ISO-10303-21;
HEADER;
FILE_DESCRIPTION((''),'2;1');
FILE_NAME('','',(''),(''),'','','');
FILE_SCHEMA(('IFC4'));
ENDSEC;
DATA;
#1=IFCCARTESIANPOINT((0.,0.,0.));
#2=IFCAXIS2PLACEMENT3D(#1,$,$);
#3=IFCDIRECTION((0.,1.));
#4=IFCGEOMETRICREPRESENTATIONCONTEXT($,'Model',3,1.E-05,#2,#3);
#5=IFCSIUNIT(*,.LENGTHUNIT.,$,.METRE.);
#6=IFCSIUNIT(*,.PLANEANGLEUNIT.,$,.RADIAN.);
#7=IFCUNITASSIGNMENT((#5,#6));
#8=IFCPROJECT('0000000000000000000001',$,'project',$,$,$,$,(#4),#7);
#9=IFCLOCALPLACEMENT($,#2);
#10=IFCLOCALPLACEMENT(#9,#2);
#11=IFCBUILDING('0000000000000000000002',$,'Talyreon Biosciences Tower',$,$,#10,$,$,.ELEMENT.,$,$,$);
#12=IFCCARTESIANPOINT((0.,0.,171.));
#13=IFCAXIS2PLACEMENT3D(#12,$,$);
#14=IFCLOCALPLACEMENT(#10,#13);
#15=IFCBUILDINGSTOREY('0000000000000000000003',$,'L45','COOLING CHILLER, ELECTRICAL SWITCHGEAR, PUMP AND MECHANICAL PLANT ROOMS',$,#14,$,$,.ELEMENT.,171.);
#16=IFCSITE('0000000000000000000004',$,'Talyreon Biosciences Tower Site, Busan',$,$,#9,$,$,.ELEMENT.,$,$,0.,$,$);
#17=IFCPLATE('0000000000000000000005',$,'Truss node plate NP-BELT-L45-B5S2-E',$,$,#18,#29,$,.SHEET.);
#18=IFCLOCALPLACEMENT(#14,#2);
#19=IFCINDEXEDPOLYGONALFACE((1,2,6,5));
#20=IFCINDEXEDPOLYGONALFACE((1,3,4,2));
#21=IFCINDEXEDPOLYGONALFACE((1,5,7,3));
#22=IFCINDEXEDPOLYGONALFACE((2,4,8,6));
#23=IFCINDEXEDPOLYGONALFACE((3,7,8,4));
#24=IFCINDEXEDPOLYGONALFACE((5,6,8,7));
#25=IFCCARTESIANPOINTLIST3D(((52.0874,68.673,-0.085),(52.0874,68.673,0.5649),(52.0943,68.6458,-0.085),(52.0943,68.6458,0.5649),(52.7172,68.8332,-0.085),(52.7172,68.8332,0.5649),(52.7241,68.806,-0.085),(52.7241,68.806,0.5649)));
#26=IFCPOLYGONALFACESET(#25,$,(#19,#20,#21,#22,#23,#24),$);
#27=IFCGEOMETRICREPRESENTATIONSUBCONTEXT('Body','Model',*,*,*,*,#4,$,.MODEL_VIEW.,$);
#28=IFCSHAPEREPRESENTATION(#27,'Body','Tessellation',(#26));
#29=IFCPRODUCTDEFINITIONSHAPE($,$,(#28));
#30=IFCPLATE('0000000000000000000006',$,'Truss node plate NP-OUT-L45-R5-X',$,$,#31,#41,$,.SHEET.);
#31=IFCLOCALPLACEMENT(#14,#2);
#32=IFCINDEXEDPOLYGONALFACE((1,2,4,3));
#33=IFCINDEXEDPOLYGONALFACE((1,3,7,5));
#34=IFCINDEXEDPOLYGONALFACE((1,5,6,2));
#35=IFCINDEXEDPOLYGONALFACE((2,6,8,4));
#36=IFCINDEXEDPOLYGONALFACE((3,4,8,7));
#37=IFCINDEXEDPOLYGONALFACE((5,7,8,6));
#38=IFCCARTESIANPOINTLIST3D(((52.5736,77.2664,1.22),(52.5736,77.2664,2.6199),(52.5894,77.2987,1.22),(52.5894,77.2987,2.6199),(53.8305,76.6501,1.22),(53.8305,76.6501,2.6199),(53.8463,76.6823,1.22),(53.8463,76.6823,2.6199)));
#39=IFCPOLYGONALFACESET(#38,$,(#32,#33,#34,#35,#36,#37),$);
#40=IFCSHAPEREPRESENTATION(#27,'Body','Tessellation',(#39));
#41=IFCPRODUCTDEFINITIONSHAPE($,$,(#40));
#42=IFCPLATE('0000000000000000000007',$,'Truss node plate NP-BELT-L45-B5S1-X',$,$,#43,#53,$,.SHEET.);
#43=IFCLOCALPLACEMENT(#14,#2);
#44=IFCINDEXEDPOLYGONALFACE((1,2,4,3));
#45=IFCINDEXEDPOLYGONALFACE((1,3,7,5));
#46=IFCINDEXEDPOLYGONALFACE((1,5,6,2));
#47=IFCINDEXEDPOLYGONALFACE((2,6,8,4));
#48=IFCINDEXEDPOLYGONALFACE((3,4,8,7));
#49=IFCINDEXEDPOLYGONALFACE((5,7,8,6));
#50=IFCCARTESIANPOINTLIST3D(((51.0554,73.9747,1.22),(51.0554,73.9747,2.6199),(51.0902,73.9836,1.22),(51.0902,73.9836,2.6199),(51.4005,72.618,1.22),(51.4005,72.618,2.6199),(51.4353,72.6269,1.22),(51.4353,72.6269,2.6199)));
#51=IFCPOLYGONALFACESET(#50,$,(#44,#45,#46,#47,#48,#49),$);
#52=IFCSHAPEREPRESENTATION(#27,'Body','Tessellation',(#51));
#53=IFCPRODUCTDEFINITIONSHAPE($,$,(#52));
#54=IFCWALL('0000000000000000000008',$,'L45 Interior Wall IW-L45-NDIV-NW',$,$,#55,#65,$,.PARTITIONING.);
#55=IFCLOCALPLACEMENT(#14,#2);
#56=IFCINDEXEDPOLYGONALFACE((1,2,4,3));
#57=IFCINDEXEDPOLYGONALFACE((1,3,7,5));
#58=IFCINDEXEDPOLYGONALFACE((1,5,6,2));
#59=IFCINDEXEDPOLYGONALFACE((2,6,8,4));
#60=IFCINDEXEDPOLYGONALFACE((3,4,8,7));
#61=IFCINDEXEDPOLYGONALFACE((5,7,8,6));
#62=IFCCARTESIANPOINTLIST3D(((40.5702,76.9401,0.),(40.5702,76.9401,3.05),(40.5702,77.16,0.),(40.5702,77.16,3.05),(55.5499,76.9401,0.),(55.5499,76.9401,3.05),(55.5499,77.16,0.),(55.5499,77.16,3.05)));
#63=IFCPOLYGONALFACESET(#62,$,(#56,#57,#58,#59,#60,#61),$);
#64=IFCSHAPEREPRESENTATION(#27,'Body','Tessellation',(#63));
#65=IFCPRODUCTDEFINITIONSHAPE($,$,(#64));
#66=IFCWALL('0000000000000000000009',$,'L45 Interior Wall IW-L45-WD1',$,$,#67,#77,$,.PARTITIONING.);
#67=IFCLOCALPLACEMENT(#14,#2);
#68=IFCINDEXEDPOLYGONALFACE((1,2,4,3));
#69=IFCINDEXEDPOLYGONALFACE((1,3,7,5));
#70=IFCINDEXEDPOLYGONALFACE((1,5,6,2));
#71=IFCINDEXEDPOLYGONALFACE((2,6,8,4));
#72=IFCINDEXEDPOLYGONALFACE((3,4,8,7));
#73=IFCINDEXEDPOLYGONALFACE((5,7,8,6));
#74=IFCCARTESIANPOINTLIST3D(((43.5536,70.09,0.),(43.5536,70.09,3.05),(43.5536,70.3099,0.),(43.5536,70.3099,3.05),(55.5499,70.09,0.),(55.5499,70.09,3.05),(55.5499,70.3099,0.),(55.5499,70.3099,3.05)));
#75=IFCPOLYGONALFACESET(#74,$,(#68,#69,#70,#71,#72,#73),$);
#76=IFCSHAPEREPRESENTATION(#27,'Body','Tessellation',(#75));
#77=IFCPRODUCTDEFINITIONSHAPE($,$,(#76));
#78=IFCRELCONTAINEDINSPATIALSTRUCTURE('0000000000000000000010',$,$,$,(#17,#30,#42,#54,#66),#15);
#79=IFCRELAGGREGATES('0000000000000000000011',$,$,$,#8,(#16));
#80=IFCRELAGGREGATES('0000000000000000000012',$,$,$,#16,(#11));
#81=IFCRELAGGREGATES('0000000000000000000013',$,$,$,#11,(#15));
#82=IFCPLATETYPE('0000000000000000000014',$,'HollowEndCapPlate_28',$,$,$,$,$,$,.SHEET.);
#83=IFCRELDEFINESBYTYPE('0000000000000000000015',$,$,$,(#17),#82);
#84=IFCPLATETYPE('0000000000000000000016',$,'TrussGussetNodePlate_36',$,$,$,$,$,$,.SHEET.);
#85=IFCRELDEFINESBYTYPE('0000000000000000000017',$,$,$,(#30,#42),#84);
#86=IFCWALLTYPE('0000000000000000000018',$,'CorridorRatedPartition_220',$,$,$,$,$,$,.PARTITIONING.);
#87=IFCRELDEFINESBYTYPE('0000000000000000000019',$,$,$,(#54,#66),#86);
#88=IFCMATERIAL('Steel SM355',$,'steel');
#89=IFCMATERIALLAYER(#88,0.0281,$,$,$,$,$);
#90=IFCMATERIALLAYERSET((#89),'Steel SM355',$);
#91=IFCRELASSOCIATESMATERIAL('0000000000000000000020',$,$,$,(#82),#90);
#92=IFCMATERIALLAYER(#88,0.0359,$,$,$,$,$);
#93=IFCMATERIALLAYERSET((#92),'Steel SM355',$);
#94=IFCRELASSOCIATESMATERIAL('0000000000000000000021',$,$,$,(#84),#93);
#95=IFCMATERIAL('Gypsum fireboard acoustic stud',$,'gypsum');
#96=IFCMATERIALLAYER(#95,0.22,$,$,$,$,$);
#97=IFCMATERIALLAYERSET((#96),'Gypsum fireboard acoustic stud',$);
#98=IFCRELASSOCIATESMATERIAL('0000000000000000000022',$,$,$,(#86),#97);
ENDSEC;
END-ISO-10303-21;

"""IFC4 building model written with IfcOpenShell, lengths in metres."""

from ifc_helpers import new_model, si_unit, direction, frame, frame_2d, origin, origin_2d, place, context, subcontext, project, spatial, rectangle, extrude, material, layer, layer_set, type_object, element, save


model = new_model("IFC4")

# Units and contexts
model_context = context("Model", 3, precision=1e-05, world=origin(), true_north=direction((0.0, 1.0)))
body_context = subcontext(model_context, "Body", "Model", "MODEL_VIEW")
ifc_project = project(units=[si_unit("LENGTHUNIT", "METRE"), si_unit("PLANEANGLEUNIT", "RADIAN")], contexts=[model_context])

# Site, building, storey
site_placement = place(None, origin())
site = spatial("IfcSite", under=ifc_project, at=site_placement, Name="Talyreon Biosciences Tower Site, Busan", CompositionType="ELEMENT", RefElevation=0.0)
building_placement = place(site_placement, origin())
building = spatial("IfcBuilding", under=site, at=building_placement, Name="Talyreon Biosciences Tower", CompositionType="ELEMENT")
storey_placement = place(building_placement, frame((0.0, 0.0, 171.0)))
storey = spatial("IfcBuildingStorey", under=building, at=storey_placement, Name="L45", Description="COOLING CHILLER, ELECTRICAL SWITCHGEAR, PUMP AND MECHANICAL PLANT ROOMS", CompositionType="ELEMENT", Elevation=171.0)

# Shared definitions
ifc_material_1 = material(Name="Steel SM355", Category="steel")

# Plates
ifc_layer_1 = layer(ifc_material_1, 0.0281)
ifc_layer_set_1 = layer_set([ifc_layer_1], Name="Steel SM355")
plate_type_1 = type_object("IfcPlateType", Name="HollowEndCapPlate_28", PredefinedType="SHEET", material=ifc_layer_set_1)
for number, where, z_axis, x_axis, name in (
    (1, (52.4058, 68.7395, -0.085), (0.0, 0.0, 1.0), (0.969132, 0.246542, 0.0), "Truss node plate NP-BELT-L45-B5S2-E"),
):
    element("IfcPlate", number, at=place(storey_placement, frame(where, z_axis=z_axis, x_axis=x_axis)), inside=storey, type_object=plate_type_1, Name=name, PredefinedType="SHEET", context=body_context, shape_type="SweptSolid", body=[
        extrude(rectangle(XDim=0.6499, YDim=0.0281, at=origin_2d()), origin(), (0.0, 0.0, 1.0), 0.6499),
    ])
ifc_layer_2 = layer(ifc_material_1, 0.0359)
ifc_layer_set_2 = layer_set([ifc_layer_2], Name="Steel SM355")
plate_type_2 = type_object("IfcPlateType", Name="TrussGussetNodePlate_36", PredefinedType="SHEET", material=ifc_layer_set_2)
for number, where, z_axis, x_axis, name in (
    (2, (53.21, 76.9744, 1.22), (0.0, 0.0, 1.0), (-0.897859, 0.440284, 0.0), "Truss node plate NP-OUT-L45-R5-X"),
    (3, (51.2454, 73.3008, 1.22), (0.0, 0.0, 1.0), (0.246542, -0.969132, 0.0), "Truss node plate NP-BELT-L45-B5S1-X"),
):
    element("IfcPlate", number, at=place(storey_placement, frame(where, z_axis=z_axis, x_axis=x_axis)), inside=storey, type_object=plate_type_2, Name=name, PredefinedType="SHEET", context=body_context, shape_type="SweptSolid", body=[
        extrude(rectangle(XDim=1.3999, YDim=0.0359, at=origin_2d()), origin(), (0.0, 0.0, 1.0), 1.3999),
    ])

# Walls
ifc_material_2 = material(Name="Gypsum fireboard acoustic stud", Category="gypsum")
ifc_layer_3 = layer(ifc_material_2, 0.22)
ifc_layer_set_3 = layer_set([ifc_layer_3], Name="Gypsum fireboard acoustic stud")
wall_type = type_object("IfcWallType", Name="CorridorRatedPartition_220", PredefinedType="PARTITIONING", material=ifc_layer_set_3)
wall_1_placement = place(storey_placement, frame((40.5703, 77.05, 0.0), z_axis=(0.0, 0.0, 1.0), x_axis=(1.0, 0.0, 0.0)))
element("IfcWall", 4, at=wall_1_placement, inside=storey, type_object=wall_type, Name="L45 Interior Wall IW-L45-NDIV-NW", PredefinedType="PARTITIONING", context=body_context, shape_type="SweptSolid", body=[
    extrude(rectangle(XDim=14.9797, YDim=0.22, at=frame_2d((7.4897, 0.0))), origin(), (0.0, 0.0, 1.0), 3.05),
])
wall_2_placement = place(storey_placement, frame((43.5537, 70.2, 0.0), z_axis=(0.0, 0.0, 1.0), x_axis=(1.0, 0.0, 0.0)))
element("IfcWall", 5, at=wall_2_placement, inside=storey, type_object=wall_type, Name="L45 Interior Wall IW-L45-WD1", PredefinedType="PARTITIONING", context=body_context, shape_type="SweptSolid", body=[
    extrude(rectangle(XDim=11.9963, YDim=0.22, at=frame_2d((5.998, 0.0))), origin(), (0.0, 0.0, 1.0), 3.05),
])

save(model, "model.ifc")
